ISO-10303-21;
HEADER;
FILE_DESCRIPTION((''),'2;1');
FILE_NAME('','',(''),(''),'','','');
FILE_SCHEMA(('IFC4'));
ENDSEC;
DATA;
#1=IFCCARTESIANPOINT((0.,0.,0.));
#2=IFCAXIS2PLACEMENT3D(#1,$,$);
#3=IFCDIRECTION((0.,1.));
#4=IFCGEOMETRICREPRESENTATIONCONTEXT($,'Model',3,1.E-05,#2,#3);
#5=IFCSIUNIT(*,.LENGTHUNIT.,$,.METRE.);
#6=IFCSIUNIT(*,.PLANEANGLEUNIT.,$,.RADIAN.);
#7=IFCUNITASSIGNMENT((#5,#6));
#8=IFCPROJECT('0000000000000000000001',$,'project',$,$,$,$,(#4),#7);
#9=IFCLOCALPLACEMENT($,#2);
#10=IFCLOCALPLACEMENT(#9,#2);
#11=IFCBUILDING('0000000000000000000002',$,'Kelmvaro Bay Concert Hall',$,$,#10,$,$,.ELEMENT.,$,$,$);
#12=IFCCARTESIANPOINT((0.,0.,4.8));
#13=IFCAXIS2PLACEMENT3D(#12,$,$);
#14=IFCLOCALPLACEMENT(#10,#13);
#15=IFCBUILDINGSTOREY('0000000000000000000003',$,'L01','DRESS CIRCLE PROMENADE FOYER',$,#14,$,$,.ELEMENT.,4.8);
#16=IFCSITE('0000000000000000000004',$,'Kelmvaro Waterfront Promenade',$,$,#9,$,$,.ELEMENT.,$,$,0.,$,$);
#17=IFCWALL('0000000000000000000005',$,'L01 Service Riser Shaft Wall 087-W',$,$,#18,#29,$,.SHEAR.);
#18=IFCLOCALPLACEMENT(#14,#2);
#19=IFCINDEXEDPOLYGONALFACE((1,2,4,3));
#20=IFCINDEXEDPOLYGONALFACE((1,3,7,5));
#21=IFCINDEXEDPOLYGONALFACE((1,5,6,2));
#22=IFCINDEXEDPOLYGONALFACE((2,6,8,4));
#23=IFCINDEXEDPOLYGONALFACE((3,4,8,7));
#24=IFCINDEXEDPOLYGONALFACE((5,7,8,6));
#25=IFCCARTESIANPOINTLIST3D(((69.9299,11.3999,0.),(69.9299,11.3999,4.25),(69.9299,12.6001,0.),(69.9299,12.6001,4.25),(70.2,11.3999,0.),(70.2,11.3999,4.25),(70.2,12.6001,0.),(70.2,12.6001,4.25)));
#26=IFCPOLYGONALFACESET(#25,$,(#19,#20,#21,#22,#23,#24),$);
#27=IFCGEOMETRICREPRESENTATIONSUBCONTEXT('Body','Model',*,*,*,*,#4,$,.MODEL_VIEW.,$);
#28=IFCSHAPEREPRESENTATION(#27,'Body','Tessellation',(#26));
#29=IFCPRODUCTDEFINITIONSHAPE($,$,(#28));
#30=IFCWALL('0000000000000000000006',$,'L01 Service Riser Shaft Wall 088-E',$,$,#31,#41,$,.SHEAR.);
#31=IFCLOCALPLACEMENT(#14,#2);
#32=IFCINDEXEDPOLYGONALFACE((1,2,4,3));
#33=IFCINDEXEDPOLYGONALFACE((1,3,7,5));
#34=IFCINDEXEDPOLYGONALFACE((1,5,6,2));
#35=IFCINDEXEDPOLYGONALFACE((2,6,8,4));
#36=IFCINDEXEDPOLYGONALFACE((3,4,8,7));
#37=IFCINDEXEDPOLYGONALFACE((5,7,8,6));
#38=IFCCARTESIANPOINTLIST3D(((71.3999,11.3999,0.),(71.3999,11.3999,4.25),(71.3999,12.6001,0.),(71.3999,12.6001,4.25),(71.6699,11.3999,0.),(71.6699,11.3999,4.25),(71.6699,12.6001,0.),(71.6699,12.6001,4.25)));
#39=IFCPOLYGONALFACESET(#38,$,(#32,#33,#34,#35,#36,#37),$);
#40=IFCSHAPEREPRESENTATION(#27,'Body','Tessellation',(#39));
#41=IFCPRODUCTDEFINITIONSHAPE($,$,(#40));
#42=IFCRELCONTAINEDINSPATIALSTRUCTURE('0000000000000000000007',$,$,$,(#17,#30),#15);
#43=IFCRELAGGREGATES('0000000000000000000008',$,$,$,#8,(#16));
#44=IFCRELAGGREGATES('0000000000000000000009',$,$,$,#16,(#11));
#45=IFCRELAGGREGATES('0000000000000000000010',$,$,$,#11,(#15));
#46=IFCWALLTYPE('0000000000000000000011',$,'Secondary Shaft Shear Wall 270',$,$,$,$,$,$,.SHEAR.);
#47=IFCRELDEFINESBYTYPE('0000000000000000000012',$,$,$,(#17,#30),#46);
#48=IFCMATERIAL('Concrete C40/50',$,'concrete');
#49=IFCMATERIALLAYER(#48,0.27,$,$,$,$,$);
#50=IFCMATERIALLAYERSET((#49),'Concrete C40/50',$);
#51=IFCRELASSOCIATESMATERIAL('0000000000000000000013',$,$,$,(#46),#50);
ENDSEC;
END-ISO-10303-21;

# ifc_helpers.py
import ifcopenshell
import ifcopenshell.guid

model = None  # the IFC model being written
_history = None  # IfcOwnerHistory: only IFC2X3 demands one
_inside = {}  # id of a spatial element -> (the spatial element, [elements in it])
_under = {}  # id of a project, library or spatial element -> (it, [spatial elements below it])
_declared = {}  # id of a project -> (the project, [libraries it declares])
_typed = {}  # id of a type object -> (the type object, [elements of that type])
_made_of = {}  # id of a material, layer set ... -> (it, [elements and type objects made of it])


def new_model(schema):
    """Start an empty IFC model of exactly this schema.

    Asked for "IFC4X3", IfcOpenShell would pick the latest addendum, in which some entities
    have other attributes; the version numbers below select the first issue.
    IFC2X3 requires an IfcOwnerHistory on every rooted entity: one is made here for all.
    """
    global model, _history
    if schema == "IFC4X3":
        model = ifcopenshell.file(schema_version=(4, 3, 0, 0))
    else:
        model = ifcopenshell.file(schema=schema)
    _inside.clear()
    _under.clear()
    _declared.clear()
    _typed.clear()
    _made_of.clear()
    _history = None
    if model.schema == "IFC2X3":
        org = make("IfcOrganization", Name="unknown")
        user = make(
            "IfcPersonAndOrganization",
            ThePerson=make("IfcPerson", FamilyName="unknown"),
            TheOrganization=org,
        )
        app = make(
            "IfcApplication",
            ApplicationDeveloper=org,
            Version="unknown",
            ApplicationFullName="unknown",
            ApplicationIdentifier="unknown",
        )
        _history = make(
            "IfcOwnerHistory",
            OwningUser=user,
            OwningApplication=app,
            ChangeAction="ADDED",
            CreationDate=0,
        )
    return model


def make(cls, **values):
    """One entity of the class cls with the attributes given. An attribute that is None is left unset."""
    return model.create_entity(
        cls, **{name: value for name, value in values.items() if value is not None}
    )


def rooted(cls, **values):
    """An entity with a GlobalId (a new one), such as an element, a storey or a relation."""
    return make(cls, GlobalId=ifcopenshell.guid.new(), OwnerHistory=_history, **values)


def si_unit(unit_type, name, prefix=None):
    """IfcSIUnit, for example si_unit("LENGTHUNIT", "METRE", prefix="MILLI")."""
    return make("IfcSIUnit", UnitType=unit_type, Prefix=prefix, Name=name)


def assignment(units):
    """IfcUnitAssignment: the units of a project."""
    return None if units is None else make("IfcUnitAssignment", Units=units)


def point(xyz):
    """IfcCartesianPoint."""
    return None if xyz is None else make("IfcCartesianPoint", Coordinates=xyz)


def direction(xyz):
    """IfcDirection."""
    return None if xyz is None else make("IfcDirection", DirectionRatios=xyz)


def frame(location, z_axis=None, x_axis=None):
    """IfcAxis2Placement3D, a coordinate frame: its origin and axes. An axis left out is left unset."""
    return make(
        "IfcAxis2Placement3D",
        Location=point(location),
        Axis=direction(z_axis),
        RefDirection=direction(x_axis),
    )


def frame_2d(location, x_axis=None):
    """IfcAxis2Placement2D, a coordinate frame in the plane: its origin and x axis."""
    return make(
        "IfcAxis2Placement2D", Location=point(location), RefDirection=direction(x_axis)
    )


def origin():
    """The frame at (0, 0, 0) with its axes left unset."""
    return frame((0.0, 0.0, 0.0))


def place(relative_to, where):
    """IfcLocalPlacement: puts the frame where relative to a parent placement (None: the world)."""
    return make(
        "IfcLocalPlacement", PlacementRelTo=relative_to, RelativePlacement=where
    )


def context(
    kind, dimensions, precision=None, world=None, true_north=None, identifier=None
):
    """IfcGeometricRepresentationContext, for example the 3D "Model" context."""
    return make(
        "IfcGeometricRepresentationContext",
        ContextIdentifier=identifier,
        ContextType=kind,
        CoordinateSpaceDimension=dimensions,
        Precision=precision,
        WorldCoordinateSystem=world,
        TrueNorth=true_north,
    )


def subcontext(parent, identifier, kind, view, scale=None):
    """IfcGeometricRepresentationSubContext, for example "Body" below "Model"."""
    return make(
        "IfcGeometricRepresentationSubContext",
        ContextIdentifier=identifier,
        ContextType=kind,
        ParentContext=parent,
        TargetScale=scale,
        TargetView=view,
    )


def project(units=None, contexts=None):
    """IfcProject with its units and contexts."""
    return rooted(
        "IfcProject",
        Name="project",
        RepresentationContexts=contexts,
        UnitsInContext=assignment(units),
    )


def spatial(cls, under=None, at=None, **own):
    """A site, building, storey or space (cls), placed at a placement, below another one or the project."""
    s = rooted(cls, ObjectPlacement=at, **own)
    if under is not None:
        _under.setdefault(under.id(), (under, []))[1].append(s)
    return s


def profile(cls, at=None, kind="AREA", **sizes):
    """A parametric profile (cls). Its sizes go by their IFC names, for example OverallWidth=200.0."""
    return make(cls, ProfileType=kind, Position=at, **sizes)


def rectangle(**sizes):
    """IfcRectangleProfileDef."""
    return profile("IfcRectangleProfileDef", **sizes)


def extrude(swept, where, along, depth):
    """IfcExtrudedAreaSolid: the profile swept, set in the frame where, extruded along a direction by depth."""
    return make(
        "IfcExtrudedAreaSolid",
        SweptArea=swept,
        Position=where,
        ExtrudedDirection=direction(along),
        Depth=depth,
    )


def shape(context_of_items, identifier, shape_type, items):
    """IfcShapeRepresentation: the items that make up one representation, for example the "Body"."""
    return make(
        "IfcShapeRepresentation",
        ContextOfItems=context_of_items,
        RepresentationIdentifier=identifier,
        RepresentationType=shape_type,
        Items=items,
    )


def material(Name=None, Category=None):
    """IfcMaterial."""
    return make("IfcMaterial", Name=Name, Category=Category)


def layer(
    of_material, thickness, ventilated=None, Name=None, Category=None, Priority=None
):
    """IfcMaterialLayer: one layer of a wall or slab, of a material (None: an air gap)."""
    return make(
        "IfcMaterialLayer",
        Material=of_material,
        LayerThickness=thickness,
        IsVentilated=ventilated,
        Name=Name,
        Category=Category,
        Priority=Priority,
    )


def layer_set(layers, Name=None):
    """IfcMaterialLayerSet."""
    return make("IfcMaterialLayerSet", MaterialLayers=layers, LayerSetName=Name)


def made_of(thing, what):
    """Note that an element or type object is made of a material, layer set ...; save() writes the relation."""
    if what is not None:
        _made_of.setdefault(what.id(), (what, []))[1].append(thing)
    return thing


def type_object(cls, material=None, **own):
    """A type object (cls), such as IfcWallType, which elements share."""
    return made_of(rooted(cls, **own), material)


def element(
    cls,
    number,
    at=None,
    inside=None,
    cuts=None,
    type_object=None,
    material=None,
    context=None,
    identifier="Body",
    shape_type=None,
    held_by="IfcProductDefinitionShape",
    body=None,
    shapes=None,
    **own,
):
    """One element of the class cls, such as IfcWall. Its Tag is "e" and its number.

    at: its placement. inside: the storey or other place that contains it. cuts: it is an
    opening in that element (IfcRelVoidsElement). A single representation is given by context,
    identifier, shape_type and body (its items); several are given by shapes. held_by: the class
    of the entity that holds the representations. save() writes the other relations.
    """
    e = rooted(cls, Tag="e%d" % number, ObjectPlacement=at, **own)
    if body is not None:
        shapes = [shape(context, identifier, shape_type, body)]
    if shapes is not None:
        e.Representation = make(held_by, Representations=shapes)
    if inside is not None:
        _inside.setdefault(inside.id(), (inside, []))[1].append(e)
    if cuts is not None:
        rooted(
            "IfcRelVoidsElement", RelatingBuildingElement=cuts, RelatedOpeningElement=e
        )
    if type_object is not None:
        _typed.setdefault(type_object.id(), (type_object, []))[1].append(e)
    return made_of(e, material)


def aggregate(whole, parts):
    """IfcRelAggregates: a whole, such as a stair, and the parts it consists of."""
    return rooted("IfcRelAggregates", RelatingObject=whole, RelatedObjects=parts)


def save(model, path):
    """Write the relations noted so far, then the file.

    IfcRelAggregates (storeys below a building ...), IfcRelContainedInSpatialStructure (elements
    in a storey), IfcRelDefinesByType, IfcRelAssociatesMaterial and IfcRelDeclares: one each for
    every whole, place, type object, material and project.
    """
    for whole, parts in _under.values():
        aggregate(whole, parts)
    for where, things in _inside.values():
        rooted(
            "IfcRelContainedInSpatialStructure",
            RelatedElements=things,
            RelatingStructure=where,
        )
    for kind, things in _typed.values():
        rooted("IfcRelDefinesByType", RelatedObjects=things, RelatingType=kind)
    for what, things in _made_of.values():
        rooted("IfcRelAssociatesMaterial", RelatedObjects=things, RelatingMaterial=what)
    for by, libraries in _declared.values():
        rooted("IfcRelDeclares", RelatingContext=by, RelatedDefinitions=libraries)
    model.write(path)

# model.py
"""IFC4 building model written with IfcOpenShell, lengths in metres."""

from ifc_helpers import new_model, si_unit, direction, frame, frame_2d, origin, place, context, subcontext, project, spatial, rectangle, extrude, material, layer, layer_set, type_object, element, save


model = new_model("IFC4")

# Units and contexts
model_context = context("Model", 3, precision=1e-05, world=origin(), true_north=direction((0.0, 1.0)))
body_context = subcontext(model_context, "Body", "Model", "MODEL_VIEW")
ifc_project = project(units=[si_unit("LENGTHUNIT", "METRE"), si_unit("PLANEANGLEUNIT", "RADIAN")], contexts=[model_context])

# Site, building, storey
site_placement = place(None, origin())
site = spatial("IfcSite", under=ifc_project, at=site_placement, Name="Kelmvaro Waterfront Promenade", CompositionType="ELEMENT", RefElevation=0.0)
building_placement = place(site_placement, origin())
building = spatial("IfcBuilding", under=site, at=building_placement, Name="Kelmvaro Bay Concert Hall", CompositionType="ELEMENT")
storey_placement = place(building_placement, frame((0.0, 0.0, 4.8)))
storey = spatial("IfcBuildingStorey", under=building, at=storey_placement, Name="L01", Description="DRESS CIRCLE PROMENADE FOYER", CompositionType="ELEMENT", Elevation=4.8)

# Walls
ifc_material_1 = material(Name="Concrete C40/50", Category="concrete")
ifc_layer_1 = layer(ifc_material_1, 0.27)
ifc_layer_set_1 = layer_set([ifc_layer_1], Name="Concrete C40/50")
wall_type_1 = type_object("IfcWallType", Name="Secondary Shaft Shear Wall 270", PredefinedType="SHEAR", material=ifc_layer_set_1)
for number, where, z_axis, x_axis, name in (
    (1, (70.0649, 11.3999, 0.0), (0.0, 0.0, 1.0), (0.0, 1.0, 0.0), "L01 Service Riser Shaft Wall 087-W"),
    (2, (71.5349, 11.3999, 0.0), (0.0, 0.0, 1.0), (0.0, 1.0, 0.0), "L01 Service Riser Shaft Wall 088-E"),
):
    element("IfcWall", number, at=place(storey_placement, frame(where, z_axis=z_axis, x_axis=x_axis)), inside=storey, type_object=wall_type_1, Name=name, PredefinedType="SHEAR", context=body_context, shape_type="SweptSolid", body=[
        extrude(rectangle(XDim=1.2002, YDim=0.27, at=frame_2d((0.6001, 0.0))), origin(), (0.0, 0.0, 1.0), 4.25),
    ])

save(model, "model.ifc")
